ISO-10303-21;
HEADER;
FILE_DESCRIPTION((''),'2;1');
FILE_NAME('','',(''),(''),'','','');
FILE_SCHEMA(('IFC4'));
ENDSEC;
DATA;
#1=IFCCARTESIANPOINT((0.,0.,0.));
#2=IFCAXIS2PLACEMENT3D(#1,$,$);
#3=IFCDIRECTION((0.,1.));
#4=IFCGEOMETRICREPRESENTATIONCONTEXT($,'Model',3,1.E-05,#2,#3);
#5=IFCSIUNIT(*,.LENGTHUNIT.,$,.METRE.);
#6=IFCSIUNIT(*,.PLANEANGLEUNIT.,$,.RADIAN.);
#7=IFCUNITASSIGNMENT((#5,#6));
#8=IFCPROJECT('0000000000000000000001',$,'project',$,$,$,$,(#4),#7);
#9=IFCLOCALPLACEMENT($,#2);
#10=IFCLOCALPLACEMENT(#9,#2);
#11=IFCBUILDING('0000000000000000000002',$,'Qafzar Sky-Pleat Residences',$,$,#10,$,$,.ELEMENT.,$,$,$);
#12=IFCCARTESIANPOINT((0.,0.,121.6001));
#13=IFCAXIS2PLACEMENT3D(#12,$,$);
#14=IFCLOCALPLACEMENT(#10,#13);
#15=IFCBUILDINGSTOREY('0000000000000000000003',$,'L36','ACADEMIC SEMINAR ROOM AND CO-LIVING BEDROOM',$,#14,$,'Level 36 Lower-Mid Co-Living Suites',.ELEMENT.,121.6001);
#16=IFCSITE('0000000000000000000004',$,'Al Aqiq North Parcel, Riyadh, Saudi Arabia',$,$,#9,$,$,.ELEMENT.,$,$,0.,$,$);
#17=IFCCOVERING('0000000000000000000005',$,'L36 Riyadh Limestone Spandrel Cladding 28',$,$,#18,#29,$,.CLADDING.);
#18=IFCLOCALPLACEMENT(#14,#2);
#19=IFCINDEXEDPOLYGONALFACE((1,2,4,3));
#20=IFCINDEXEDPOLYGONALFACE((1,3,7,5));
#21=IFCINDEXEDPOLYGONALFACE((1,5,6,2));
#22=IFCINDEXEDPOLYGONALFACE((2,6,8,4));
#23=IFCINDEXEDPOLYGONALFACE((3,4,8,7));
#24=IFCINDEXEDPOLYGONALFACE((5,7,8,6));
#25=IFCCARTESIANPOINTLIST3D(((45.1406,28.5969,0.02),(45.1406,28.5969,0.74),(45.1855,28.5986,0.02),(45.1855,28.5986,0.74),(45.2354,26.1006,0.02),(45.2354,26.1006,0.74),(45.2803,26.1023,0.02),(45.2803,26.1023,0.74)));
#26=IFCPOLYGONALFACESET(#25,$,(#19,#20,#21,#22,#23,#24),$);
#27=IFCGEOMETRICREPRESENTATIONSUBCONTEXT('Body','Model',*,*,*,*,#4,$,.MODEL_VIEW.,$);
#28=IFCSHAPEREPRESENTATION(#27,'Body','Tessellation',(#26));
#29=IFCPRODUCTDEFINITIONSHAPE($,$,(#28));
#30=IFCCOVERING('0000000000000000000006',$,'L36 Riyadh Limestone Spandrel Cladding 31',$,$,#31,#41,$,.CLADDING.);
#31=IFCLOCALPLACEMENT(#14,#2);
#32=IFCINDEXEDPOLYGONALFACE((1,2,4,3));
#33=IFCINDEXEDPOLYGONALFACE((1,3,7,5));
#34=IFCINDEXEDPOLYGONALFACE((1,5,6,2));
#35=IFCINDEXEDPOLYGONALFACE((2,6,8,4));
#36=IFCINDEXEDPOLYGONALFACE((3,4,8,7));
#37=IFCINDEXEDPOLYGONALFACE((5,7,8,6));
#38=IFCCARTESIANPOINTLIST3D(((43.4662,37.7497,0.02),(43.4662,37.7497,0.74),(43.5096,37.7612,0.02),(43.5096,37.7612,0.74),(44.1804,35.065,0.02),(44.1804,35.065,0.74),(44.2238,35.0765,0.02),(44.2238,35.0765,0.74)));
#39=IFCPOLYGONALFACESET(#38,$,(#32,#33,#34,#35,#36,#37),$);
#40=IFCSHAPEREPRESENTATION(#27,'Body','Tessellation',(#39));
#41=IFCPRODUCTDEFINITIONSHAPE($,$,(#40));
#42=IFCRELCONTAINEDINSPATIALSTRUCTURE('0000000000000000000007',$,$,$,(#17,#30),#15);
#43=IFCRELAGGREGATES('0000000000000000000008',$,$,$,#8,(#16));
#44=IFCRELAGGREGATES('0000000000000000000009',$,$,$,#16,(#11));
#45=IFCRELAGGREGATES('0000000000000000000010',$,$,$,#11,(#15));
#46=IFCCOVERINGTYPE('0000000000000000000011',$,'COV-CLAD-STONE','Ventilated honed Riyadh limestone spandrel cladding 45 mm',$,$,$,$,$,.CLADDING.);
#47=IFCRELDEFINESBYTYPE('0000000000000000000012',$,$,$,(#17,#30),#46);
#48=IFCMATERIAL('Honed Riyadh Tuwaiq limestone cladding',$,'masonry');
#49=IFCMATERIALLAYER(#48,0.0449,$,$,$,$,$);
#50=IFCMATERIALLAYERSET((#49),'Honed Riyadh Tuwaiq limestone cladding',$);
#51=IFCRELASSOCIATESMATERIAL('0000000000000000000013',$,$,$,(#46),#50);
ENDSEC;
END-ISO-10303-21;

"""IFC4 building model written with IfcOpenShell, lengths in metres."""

from ifc_helpers import new_model, si_unit, direction, frame, origin, origin_2d, place, context, subcontext, project, spatial, rectangle, extrude, source, transform, mapped, material, layer, layer_set, type_object, element, save


model = new_model("IFC4")

# Units and contexts
model_context = context("Model", 3, precision=1e-05, world=origin(), true_north=direction((0.0, 1.0)))
body_context = subcontext(model_context, "Body", "Model", "MODEL_VIEW")
ifc_project = project(units=[si_unit("LENGTHUNIT", "METRE"), si_unit("PLANEANGLEUNIT", "RADIAN")], contexts=[model_context])

# Site, building, storey
site_placement = place(None, origin())
site = spatial("IfcSite", under=ifc_project, at=site_placement, Name="Al Aqiq North Parcel, Riyadh, Saudi Arabia", CompositionType="ELEMENT", RefElevation=0.0)
building_placement = place(site_placement, origin())
building = spatial("IfcBuilding", under=site, at=building_placement, Name="Qafzar Sky-Pleat Residences", CompositionType="ELEMENT")
storey_placement = place(building_placement, frame((0.0, 0.0, 121.6001)))
storey = spatial("IfcBuildingStorey", under=building, at=storey_placement, Name="L36", Description="ACADEMIC SEMINAR ROOM AND CO-LIVING BEDROOM", LongName="Level 36 Lower-Mid Co-Living Suites", CompositionType="ELEMENT", Elevation=121.6001)

# Coverings
ifc_material_1 = material(Name="Honed Riyadh Tuwaiq limestone cladding", Category="masonry")
ifc_layer_1 = layer(ifc_material_1, 0.0449)
ifc_layer_set_1 = layer_set([ifc_layer_1], Name="Honed Riyadh Tuwaiq limestone cladding")
covering_type = type_object("IfcCoveringType", Name="COV-CLAD-STONE", Description="Ventilated honed Riyadh limestone spandrel cladding 45 mm", PredefinedType="CLADDING", material=ifc_layer_set_1)
shared_shape_1 = source(origin(), body_context, "Body", "SweptSolid", [
    extrude(rectangle(XDim=2.498, YDim=0.0449, at=origin_2d()), origin(), (0.0, 0.0, 1.0), 0.72),
])
covering_1_placement = place(storey_placement, frame((45.2104, 27.3496, 0.02), z_axis=(0.0, 0.0, 1.0), x_axis=(-0.037974, 0.999279, 0.0)))
element("IfcCovering", 1, at=covering_1_placement, inside=storey, type_object=covering_type, Name="L36 Riyadh Limestone Spandrel Cladding 28", PredefinedType="CLADDING", context=body_context, shape_type="MappedRepresentation", body=[
    mapped(shared_shape_1, transform((0.0, 0.0, 0.0), x_axis=(1.0, 0.0, 0.0), y_axis=(0.0, 1.0, 0.0), z_axis=(0.0, 0.0, 1.0), scale=1.0)),
])
shared_shape_2 = source(origin(), body_context, "Body", "SweptSolid", [
    extrude(rectangle(XDim=2.7781, YDim=0.0449, at=origin_2d()), origin(), (0.0, 0.0, 1.0), 0.72),
])
covering_2_placement = place(storey_placement, frame((43.845, 36.4131, 0.02), z_axis=(0.0, 0.0, 1.0), x_axis=(-0.257076, 0.966391, 0.0)))
element("IfcCovering", 2, at=covering_2_placement, inside=storey, type_object=covering_type, Name="L36 Riyadh Limestone Spandrel Cladding 31", PredefinedType="CLADDING", context=body_context, shape_type="MappedRepresentation", body=[
    mapped(shared_shape_2, transform((0.0, 0.0, 0.0), x_axis=(1.0, 0.0, 0.0), y_axis=(0.0, 1.0, 0.0), z_axis=(0.0, 0.0, 1.0), scale=1.0)),
])

save(model, "model.ifc")
